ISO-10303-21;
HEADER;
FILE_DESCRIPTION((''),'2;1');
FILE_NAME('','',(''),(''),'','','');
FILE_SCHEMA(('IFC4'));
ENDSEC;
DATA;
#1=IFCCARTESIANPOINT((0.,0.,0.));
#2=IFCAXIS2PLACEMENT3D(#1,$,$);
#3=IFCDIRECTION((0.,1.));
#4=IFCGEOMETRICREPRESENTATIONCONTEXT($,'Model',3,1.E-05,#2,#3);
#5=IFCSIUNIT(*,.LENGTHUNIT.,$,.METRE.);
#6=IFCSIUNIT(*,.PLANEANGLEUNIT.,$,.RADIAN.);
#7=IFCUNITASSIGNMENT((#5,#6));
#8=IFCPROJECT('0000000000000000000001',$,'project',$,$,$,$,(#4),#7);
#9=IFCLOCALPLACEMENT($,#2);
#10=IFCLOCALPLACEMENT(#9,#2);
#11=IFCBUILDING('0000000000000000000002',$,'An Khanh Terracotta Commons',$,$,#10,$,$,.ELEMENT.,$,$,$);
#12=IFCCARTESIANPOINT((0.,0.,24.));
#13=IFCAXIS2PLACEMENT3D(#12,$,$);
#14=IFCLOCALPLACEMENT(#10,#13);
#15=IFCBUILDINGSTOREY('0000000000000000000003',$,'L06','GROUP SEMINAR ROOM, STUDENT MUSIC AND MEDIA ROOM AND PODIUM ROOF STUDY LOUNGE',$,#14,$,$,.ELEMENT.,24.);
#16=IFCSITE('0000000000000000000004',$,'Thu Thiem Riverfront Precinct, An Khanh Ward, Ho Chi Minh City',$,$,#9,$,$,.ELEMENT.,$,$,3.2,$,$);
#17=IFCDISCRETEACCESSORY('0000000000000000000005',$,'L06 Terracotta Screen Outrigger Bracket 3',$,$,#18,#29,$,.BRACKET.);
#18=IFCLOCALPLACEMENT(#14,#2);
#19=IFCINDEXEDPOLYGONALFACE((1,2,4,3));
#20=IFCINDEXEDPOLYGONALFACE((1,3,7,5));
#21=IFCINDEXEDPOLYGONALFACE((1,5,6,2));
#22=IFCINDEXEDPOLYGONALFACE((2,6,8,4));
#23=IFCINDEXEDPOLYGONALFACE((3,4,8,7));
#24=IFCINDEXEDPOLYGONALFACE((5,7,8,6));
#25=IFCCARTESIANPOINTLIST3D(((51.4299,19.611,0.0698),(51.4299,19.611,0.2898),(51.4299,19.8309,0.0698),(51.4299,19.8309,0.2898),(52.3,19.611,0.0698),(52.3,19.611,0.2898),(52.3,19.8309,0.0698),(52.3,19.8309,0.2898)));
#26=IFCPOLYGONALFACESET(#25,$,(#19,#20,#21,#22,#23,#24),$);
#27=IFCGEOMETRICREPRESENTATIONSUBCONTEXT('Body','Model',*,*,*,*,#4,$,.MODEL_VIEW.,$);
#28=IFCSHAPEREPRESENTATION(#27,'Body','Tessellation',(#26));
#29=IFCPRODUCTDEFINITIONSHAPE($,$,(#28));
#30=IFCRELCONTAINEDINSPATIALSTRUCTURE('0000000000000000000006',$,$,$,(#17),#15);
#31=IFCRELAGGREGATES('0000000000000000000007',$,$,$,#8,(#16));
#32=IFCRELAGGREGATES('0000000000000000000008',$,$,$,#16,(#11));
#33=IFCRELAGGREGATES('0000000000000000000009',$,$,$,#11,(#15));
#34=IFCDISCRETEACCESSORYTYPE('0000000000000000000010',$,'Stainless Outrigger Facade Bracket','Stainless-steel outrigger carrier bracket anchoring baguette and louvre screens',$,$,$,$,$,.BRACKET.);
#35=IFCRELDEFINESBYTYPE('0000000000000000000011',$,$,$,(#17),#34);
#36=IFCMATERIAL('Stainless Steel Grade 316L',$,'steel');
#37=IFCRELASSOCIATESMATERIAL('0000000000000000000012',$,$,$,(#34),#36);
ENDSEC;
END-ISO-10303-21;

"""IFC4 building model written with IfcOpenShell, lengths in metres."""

from ifc_helpers import new_model, si_unit, direction, frame, origin, origin_2d, place, context, subcontext, project, spatial, rectangle, extrude, material, type_object, element, save


model = new_model("IFC4")

# Units and contexts
model_context = context("Model", 3, precision=1e-05, world=origin(), true_north=direction((0.0, 1.0)))
body_context = subcontext(model_context, "Body", "Model", "MODEL_VIEW")
ifc_project = project(units=[si_unit("LENGTHUNIT", "METRE"), si_unit("PLANEANGLEUNIT", "RADIAN")], contexts=[model_context])

# Site, building, storey
site_placement = place(None, origin())
site = spatial("IfcSite", under=ifc_project, at=site_placement, Name="Thu Thiem Riverfront Precinct, An Khanh Ward, Ho Chi Minh City", CompositionType="ELEMENT", RefElevation=3.2)
building_placement = place(site_placement, origin())
building = spatial("IfcBuilding", under=site, at=building_placement, Name="An Khanh Terracotta Commons", CompositionType="ELEMENT")
storey_placement = place(building_placement, frame((0.0, 0.0, 24.0)))
storey = spatial("IfcBuildingStorey", under=building, at=storey_placement, Name="L06", Description="GROUP SEMINAR ROOM, STUDENT MUSIC AND MEDIA ROOM AND PODIUM ROOF STUDY LOUNGE", CompositionType="ELEMENT", Elevation=24.0)

# Discrete accessory
ifc_material_1 = material(Name="Stainless Steel Grade 316L", Category="steel")
discrete_accessory_type = type_object("IfcDiscreteAccessoryType", Name="Stainless Outrigger Facade Bracket", Description="Stainless-steel outrigger carrier bracket anchoring baguette and louvre screens", PredefinedType="BRACKET", material=ifc_material_1)
discrete_accessory_placement = place(storey_placement, frame((51.865, 19.7209, 0.0698), z_axis=(0.0, 0.0, 1.0), x_axis=(0.0, 1.0, 0.0)))
element("IfcDiscreteAccessory", 1, at=discrete_accessory_placement, inside=storey, type_object=discrete_accessory_type, Name="L06 Terracotta Screen Outrigger Bracket 3", PredefinedType="BRACKET", context=body_context, shape_type="SweptSolid", body=[
    extrude(rectangle(XDim=0.22, YDim=0.8701, at=origin_2d()), origin(), (0.0, 0.0, 1.0), 0.22),
])

save(model, "model.ifc")
